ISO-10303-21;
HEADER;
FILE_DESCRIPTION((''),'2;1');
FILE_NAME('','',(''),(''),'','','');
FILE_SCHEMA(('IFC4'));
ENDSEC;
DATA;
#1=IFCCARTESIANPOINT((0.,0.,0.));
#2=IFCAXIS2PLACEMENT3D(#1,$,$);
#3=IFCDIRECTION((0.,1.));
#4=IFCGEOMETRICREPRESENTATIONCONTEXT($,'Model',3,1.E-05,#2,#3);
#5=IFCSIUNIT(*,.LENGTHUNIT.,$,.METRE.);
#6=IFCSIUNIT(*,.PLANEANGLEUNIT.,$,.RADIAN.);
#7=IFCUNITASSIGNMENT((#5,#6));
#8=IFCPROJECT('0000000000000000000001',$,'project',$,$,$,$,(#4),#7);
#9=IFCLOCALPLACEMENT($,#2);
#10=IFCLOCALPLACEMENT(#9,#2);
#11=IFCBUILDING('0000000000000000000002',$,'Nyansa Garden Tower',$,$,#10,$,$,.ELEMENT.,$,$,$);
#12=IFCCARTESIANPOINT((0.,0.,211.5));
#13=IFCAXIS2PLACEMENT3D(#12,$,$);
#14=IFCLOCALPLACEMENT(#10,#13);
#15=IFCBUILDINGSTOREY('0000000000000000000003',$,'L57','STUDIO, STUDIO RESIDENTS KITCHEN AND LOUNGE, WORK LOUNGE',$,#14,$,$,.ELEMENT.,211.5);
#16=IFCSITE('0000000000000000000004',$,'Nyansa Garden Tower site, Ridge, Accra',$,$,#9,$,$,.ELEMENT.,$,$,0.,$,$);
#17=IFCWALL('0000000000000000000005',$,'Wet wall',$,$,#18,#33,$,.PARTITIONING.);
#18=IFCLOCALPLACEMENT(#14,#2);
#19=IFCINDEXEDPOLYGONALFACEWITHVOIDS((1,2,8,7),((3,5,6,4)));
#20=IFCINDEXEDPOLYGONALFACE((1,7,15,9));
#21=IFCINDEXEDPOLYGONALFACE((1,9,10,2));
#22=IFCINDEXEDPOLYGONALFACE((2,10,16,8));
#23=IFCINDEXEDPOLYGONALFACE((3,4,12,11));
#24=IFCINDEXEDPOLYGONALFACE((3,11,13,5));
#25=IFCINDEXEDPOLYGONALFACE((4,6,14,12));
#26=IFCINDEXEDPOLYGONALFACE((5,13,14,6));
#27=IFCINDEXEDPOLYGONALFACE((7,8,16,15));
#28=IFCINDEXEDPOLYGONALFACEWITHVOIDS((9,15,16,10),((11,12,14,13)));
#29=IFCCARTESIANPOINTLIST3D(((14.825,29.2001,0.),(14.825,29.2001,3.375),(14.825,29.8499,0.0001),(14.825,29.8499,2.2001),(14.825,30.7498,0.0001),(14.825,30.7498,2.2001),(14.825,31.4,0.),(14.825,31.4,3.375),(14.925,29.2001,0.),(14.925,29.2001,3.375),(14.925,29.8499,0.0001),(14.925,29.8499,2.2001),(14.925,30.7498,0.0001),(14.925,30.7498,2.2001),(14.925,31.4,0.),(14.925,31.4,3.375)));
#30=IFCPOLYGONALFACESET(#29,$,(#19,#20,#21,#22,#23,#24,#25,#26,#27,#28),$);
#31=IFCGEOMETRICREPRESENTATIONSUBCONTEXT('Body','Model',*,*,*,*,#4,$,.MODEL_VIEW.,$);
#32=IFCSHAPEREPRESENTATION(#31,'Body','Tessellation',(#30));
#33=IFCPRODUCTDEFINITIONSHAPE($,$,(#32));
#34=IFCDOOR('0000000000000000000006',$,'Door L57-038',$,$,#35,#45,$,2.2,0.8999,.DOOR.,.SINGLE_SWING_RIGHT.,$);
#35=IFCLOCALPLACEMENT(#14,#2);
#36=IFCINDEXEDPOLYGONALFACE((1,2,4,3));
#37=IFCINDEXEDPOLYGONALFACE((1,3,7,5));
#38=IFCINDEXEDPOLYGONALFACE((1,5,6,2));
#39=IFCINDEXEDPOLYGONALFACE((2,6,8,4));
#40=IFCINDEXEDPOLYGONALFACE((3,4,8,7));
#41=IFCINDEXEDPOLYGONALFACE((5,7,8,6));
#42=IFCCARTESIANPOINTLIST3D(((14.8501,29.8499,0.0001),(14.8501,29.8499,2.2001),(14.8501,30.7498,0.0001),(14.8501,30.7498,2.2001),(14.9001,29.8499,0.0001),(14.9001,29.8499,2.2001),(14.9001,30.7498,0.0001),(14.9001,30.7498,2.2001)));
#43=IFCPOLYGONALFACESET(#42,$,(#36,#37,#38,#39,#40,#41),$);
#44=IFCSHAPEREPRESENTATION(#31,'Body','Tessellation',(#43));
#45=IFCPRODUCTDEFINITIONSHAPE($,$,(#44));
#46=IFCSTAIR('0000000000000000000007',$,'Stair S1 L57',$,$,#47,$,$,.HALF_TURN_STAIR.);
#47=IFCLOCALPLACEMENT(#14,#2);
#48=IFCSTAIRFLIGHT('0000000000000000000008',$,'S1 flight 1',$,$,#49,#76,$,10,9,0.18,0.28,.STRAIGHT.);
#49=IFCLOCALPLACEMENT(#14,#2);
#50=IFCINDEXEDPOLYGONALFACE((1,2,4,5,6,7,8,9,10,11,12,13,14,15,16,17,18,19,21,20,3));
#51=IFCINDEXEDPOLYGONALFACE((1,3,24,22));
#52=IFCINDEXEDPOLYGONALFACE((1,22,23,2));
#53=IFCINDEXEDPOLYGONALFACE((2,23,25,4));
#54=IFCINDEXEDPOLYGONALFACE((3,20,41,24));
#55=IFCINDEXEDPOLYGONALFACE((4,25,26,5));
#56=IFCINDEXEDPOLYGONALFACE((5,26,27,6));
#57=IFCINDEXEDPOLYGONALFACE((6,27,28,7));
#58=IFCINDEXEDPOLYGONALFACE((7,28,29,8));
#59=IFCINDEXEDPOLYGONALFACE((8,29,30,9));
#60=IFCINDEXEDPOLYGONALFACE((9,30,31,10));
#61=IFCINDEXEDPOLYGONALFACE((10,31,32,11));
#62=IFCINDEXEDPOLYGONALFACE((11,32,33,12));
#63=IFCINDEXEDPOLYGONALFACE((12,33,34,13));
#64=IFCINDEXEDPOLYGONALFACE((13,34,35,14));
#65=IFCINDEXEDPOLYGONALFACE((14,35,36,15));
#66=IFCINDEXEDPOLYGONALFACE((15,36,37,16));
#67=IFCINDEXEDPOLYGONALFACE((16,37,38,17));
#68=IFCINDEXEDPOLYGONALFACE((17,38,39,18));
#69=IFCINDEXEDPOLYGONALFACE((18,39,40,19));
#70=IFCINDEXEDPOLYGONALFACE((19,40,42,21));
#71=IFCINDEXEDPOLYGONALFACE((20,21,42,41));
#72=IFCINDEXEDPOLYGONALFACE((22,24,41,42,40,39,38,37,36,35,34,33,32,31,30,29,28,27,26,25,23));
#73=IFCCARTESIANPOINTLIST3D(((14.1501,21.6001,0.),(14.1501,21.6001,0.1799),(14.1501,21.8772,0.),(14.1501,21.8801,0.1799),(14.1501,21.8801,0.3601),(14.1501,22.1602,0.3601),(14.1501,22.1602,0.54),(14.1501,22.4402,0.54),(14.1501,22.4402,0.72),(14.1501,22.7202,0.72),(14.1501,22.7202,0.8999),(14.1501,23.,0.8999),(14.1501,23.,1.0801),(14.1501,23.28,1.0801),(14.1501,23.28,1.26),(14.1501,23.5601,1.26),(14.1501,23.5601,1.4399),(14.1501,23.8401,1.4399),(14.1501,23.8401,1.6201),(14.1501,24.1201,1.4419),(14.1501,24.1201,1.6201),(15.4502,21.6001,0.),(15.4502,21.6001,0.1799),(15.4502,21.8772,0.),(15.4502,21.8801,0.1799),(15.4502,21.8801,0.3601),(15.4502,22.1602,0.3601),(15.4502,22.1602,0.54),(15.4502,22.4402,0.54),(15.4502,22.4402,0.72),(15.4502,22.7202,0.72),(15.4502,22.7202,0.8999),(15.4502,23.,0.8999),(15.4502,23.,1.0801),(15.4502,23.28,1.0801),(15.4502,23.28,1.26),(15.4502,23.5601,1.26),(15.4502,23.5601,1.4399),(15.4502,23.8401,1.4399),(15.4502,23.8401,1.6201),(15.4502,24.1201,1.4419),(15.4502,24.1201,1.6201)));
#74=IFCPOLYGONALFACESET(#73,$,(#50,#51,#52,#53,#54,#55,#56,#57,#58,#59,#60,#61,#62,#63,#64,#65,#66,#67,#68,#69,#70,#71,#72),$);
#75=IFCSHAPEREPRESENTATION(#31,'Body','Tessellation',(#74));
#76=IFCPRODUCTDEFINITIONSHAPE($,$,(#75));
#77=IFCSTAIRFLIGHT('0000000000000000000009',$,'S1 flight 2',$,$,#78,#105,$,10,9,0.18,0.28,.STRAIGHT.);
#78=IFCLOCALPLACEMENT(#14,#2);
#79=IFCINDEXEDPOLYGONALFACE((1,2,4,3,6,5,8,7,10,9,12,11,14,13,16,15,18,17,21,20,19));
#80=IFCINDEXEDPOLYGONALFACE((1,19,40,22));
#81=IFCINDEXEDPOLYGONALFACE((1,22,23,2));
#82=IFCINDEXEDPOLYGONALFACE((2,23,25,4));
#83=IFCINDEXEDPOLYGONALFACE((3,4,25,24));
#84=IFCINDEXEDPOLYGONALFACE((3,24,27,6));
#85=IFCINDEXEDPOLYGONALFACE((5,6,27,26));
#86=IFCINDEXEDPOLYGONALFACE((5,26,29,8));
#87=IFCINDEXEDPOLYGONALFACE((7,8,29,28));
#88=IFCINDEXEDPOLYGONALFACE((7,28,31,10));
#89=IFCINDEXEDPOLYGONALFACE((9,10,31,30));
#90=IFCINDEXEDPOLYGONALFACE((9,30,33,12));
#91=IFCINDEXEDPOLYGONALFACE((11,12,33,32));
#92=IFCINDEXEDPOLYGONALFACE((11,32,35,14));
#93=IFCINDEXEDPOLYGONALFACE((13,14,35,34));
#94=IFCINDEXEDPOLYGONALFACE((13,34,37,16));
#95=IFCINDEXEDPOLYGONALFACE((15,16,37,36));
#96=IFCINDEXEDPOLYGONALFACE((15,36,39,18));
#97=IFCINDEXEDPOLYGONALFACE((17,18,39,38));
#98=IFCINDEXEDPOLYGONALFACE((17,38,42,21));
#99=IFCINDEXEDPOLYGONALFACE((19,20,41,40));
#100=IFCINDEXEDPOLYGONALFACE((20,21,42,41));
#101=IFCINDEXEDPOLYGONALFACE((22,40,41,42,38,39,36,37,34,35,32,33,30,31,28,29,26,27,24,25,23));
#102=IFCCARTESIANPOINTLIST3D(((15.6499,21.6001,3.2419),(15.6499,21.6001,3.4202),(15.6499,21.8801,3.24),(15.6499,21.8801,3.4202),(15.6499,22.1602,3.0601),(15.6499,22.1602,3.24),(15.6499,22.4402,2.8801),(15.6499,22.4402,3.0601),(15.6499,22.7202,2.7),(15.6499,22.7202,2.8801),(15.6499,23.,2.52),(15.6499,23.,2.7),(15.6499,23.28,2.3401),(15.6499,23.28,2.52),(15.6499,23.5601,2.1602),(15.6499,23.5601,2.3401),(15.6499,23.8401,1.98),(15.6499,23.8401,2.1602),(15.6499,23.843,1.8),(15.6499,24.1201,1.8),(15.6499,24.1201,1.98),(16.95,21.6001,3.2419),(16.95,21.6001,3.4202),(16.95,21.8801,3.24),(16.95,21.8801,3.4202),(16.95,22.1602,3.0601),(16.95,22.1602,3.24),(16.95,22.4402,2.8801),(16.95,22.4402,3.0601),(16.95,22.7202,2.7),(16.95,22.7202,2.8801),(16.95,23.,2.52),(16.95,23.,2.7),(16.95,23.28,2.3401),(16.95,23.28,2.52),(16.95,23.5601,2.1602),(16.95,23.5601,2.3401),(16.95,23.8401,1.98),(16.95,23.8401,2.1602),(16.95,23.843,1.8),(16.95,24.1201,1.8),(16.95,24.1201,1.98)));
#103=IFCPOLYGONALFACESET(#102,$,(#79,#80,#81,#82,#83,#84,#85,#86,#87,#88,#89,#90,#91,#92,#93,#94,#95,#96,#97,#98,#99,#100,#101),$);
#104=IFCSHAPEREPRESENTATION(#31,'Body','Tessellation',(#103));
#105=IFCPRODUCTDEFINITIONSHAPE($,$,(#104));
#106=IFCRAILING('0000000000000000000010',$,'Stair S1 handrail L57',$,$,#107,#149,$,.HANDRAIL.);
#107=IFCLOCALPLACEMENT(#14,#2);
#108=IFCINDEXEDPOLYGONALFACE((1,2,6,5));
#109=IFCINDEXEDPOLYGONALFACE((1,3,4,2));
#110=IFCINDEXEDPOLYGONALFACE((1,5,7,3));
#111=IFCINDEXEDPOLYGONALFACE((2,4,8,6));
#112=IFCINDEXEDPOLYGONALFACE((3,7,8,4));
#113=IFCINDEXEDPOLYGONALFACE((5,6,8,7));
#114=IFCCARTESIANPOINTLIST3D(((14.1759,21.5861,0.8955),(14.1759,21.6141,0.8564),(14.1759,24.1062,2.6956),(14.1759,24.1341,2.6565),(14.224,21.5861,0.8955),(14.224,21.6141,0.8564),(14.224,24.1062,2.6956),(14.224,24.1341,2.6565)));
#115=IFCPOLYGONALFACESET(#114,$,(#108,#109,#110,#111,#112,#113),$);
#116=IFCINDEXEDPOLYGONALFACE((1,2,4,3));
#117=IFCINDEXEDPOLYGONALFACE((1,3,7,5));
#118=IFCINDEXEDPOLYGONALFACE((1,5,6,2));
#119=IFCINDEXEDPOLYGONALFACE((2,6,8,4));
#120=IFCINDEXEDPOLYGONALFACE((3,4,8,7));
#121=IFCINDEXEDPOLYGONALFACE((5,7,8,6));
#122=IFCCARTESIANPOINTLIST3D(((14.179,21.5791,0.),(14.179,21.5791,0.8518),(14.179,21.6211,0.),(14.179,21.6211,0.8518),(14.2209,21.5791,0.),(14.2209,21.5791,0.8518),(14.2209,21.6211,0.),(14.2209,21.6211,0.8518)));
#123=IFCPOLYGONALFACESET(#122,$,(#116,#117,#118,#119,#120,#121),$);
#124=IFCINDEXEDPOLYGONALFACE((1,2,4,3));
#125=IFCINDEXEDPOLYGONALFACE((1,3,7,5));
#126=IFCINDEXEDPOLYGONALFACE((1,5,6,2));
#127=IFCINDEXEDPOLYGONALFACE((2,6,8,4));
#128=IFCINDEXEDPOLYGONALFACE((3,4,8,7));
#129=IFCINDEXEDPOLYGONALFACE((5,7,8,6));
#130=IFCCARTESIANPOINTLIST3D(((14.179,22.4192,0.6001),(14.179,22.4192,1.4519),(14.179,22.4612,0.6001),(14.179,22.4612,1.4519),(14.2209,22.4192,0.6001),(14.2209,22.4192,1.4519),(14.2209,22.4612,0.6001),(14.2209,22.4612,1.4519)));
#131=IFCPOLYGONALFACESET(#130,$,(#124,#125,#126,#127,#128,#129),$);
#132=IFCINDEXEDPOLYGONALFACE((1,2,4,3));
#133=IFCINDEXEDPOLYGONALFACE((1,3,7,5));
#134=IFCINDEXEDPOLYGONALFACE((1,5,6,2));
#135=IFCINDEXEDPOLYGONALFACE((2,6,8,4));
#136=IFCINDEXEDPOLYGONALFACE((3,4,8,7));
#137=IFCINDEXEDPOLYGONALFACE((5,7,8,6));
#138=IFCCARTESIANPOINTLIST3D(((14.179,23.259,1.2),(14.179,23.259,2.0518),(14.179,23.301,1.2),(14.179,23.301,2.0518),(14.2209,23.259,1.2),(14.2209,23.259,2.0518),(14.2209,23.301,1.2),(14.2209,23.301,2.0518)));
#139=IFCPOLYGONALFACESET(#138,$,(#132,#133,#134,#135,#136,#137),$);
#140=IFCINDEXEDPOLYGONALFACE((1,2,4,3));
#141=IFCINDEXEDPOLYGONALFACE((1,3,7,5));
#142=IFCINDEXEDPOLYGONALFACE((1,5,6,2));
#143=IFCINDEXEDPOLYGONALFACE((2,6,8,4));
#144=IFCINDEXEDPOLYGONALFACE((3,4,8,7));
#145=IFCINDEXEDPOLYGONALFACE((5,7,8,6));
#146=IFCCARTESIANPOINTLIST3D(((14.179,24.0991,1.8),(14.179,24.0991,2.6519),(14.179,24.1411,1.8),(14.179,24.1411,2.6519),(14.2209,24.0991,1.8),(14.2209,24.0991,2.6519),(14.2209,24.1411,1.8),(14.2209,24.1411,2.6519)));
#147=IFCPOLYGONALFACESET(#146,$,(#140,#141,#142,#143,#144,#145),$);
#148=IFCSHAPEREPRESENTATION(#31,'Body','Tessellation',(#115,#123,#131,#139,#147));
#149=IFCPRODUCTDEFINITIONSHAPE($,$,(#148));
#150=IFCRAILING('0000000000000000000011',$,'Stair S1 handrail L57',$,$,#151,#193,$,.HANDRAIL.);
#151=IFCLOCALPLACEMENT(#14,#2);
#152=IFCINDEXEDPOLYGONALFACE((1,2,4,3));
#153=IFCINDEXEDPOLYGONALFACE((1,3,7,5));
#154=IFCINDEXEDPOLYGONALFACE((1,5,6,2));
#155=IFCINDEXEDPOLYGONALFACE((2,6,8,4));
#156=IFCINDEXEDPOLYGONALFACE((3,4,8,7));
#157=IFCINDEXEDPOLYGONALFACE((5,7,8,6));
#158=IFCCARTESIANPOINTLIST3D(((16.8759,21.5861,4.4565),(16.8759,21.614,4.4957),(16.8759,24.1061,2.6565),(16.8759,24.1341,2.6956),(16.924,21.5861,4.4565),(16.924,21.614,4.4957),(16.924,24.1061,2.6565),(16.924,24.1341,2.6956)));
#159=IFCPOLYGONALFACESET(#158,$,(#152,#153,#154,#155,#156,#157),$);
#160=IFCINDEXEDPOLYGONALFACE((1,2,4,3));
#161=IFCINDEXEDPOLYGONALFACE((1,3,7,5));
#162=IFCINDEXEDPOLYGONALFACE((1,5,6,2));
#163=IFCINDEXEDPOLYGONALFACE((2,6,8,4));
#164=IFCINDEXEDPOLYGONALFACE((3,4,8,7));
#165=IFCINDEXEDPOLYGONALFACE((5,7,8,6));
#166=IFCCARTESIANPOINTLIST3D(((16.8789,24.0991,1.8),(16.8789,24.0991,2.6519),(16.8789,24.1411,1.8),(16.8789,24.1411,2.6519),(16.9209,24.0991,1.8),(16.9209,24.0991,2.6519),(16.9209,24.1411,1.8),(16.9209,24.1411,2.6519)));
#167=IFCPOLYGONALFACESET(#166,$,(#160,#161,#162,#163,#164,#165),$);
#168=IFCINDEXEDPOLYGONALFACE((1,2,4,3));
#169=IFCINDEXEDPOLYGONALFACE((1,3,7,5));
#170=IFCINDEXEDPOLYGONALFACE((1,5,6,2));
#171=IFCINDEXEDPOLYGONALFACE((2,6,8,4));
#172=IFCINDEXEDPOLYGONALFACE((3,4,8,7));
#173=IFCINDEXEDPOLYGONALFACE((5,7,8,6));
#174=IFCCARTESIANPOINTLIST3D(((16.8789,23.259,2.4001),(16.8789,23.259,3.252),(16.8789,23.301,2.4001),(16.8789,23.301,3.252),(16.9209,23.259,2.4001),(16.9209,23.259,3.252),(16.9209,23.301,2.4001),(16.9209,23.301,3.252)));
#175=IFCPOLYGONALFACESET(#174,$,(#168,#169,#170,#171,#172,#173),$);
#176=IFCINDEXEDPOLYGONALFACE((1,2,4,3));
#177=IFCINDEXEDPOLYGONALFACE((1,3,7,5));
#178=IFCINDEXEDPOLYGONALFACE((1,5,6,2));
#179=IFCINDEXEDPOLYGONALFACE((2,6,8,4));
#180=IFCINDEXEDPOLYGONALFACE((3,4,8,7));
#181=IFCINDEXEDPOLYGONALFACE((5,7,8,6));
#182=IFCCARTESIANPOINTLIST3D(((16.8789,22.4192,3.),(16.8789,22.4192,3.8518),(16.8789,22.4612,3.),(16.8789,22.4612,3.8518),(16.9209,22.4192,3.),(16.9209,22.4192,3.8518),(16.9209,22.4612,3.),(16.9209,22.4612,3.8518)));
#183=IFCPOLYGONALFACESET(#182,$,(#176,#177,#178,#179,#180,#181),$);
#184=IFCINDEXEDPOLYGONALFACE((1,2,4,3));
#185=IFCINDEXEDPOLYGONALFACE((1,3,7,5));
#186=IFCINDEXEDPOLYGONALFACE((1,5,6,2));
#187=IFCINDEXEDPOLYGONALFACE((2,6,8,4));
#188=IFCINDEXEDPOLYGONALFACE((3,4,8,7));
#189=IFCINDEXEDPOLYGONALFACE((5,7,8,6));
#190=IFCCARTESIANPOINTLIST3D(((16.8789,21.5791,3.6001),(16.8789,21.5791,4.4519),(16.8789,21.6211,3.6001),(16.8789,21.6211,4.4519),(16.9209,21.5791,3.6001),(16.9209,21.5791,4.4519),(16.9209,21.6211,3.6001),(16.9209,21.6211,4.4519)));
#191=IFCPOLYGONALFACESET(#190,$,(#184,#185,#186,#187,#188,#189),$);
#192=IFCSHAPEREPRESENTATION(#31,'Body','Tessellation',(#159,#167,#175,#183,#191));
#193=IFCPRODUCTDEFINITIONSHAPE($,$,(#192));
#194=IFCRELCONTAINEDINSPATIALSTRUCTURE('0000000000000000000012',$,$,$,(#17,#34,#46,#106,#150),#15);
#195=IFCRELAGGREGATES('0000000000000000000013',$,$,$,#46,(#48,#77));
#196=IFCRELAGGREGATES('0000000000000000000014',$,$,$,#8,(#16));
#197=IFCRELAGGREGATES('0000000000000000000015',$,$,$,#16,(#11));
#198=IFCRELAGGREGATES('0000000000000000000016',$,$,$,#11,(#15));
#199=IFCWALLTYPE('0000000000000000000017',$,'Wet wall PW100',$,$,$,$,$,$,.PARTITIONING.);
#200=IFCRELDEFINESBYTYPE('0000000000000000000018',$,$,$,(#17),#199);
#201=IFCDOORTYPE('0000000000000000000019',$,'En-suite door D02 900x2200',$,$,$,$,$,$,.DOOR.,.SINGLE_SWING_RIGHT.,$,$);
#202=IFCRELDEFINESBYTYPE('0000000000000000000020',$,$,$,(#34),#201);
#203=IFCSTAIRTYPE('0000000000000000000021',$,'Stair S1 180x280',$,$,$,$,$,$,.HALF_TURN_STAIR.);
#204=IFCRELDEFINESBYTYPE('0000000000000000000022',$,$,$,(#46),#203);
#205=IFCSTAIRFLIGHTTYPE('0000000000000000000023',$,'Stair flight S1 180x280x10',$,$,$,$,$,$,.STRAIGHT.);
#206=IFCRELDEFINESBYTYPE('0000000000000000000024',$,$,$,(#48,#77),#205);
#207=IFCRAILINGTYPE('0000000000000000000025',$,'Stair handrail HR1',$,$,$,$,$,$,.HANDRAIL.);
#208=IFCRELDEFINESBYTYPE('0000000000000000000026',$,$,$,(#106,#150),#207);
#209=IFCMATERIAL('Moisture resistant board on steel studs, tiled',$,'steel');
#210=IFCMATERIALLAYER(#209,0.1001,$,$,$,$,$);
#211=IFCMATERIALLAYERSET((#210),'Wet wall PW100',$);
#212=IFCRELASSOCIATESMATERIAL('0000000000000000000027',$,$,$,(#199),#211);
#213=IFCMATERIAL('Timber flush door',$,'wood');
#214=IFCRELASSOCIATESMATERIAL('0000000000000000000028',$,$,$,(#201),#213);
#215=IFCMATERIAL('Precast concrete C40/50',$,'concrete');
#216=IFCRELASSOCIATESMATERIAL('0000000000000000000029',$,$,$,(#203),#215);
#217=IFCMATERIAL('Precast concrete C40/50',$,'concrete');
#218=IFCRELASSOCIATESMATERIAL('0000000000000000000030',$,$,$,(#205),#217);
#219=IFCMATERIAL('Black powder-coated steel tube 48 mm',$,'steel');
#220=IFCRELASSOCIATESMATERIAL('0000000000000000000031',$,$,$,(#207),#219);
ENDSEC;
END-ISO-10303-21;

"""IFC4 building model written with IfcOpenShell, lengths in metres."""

from ifc_helpers import new_model, si_unit, direction, frame, frame_2d, origin, origin_2d, place, context, subcontext, project, spatial, polyline, rectangle, outline, extrude, material, layer, layer_set, type_object, element, fill, aggregate, save


model = new_model("IFC4")

# Units and contexts
model_context = context("Model", 3, precision=1e-05, world=origin(), true_north=direction((0.0, 1.0)))
body_context = subcontext(model_context, "Body", "Model", "MODEL_VIEW")
ifc_project = project(units=[si_unit("LENGTHUNIT", "METRE"), si_unit("PLANEANGLEUNIT", "RADIAN")], contexts=[model_context])

# Site, building, storey
site_placement = place(None, origin())
site = spatial("IfcSite", under=ifc_project, at=site_placement, Name="Nyansa Garden Tower site, Ridge, Accra", CompositionType="ELEMENT", RefElevation=0.0)
building_placement = place(site_placement, origin())
building = spatial("IfcBuilding", under=site, at=building_placement, Name="Nyansa Garden Tower", CompositionType="ELEMENT")
storey_placement = place(building_placement, frame((0.0, 0.0, 211.5)))
storey = spatial("IfcBuildingStorey", under=building, at=storey_placement, Name="L57", Description="STUDIO, STUDIO RESIDENTS KITCHEN AND LOUNGE, WORK LOUNGE", CompositionType="ELEMENT", Elevation=211.5)

# Shared definitions
ifc_material_1 = material(Name="Moisture resistant board on steel studs, tiled", Category="steel")
ifc_layer_1 = layer(ifc_material_1, 0.1001)
ifc_layer_set_1 = layer_set([ifc_layer_1], Name="Wet wall PW100")
wall_type_1 = type_object("IfcWallType", Name="Wet wall PW100", PredefinedType="PARTITIONING", material=ifc_layer_set_1)

# Wall, opening, door
wall_1_placement = place(storey_placement, frame((14.875, 29.2, 0.0), z_axis=(0.0, 0.0, 1.0), x_axis=(0.0, 1.0, 0.0)))
wall_1 = element("IfcWall", 1, at=wall_1_placement, inside=storey, type_object=wall_type_1, Name="Wet wall", PredefinedType="PARTITIONING", context=body_context, shape_type="SweptSolid", body=[
    extrude(rectangle(XDim=2.2, YDim=0.1001, at=frame_2d((1.1001, 0.0))), origin(), (0.0, 0.0, 1.0), 3.375),
])
opening_1_placement = place(wall_1_placement, frame((0.6499, 0.0, 0.0)))
opening_1 = element("IfcOpeningElement", 2, at=opening_1_placement, cuts=wall_1, PredefinedType="OPENING", context=body_context, shape_type="SweptSolid", body=[
    extrude(rectangle(XDim=0.8999, YDim=2.2, at=frame_2d((0.45, 1.1001))), frame((0.0, 0.0601, 0.0), z_axis=(0.0, -1.0, 0.0), x_axis=(1.0, 0.0, 0.0)), (0.0, 0.0, 1.0), 0.1201),
])
ifc_material_2 = material(Name="Timber flush door", Category="wood")
door_type_1 = type_object("IfcDoorType", Name="En-suite door D02 900x2200", OperationType="SINGLE_SWING_RIGHT", PredefinedType="DOOR", material=ifc_material_2)
door_1_placement = place(opening_1_placement, origin())
door_1 = element("IfcDoor", 3, at=door_1_placement, inside=storey, type_object=door_type_1, Name="Door L57-038", OperationType="SINGLE_SWING_RIGHT", OverallHeight=2.2, OverallWidth=0.8999, PredefinedType="DOOR", context=body_context, shape_type="SweptSolid", body=[
    extrude(rectangle(XDim=0.8999, YDim=2.2, at=frame_2d((0.45, 1.1001))), frame((0.0, 0.0249, 0.0), z_axis=(0.0, -1.0, 0.0), x_axis=(1.0, 0.0, 0.0)), (0.0, 0.0, 1.0), 0.05),
])
fill(opening_1, door_1)

# Stair, stair flights
ifc_material_3 = material(Name="Precast concrete C40/50", Category="concrete")
stair_type = type_object("IfcStairType", Name="Stair S1 180x280", PredefinedType="HALF_TURN_STAIR", material=ifc_material_3)
stair_placement = place(storey_placement, origin())
stair = element("IfcStair", 4, at=stair_placement, inside=storey, type_object=stair_type, Name="Stair S1 L57", PredefinedType="HALF_TURN_STAIR")
ifc_material_4 = material(Name="Precast concrete C40/50", Category="concrete")
stair_flight_type = type_object("IfcStairFlightType", Name="Stair flight S1 180x280x10", PredefinedType="STRAIGHT", material=ifc_material_4)
stair_flight_1_placement = place(storey_placement, frame((14.8, 21.6001, 0.0), z_axis=(0.0, 0.0, 1.0), x_axis=(0.0, 1.0, 0.0)))
stair_flight_1 = element("IfcStairFlight", 5, at=stair_flight_1_placement, type_object=stair_flight_type, Name="S1 flight 1", NumberOfRisers=10, NumberOfTreads=9, PredefinedType="STRAIGHT", RiserHeight=0.18, TreadLength=0.28, context=body_context, shape_type="SweptSolid", body=[
    extrude(outline(polyline([(0.0, 0.0), (0.0, 0.1799), (0.28, 0.1799), (0.28, 0.3601), (0.5601, 0.3601), (0.5601, 0.54), (0.8401, 0.54), (0.8401, 0.72), (1.1201, 0.72), (1.1201, 0.8999), (1.3999, 0.8999), (1.3999, 1.0801), (1.6799, 1.0801), (1.6799, 1.26), (1.96, 1.26), (1.96, 1.4399), (2.24, 1.4399), (2.24, 1.6201), (2.52, 1.6201), (2.52, 1.8), (2.52, 1.4419), (0.2771, 0.0), (0.0, 0.0)])), frame((0.0, 0.6499, 0.0), z_axis=(0.0, -1.0, 0.0), x_axis=(1.0, 0.0, 0.0)), (0.0, 0.0, 1.0), 1.3),
])
stair_flight_2_placement = place(storey_placement, frame((16.3, 24.1201, 1.8), z_axis=(0.0, 0.0, 1.0), x_axis=(0.0, -1.0, 0.0)))
stair_flight_2 = element("IfcStairFlight", 6, at=stair_flight_2_placement, type_object=stair_flight_type, Name="S1 flight 2", NumberOfRisers=10, NumberOfTreads=9, PredefinedType="STRAIGHT", RiserHeight=0.18, TreadLength=0.28, context=body_context, shape_type="SweptSolid", body=[
    extrude(outline(polyline([(0.0, 0.0), (0.0, 0.1799), (0.28, 0.1799), (0.28, 0.3601), (0.5601, 0.3601), (0.5601, 0.54), (0.8401, 0.54), (0.8401, 0.72), (1.1201, 0.72), (1.1201, 0.8999), (1.3999, 0.8999), (1.3999, 1.0801), (1.6799, 1.0801), (1.6799, 1.26), (1.96, 1.26), (1.96, 1.4399), (2.24, 1.4399), (2.24, 1.6201), (2.52, 1.6201), (2.52, 1.8), (2.52, 1.4419), (0.2771, 0.0), (0.0, 0.0)])), frame((0.0, 0.6499, 0.0), z_axis=(0.0, -1.0, 0.0), x_axis=(1.0, 0.0, 0.0)), (0.0, 0.0, 1.0), 1.3),
])
aggregate(stair, [stair_flight_1, stair_flight_2])

# Railings
ifc_material_5 = material(Name="Black powder-coated steel tube 48 mm", Category="steel")
railing_type = type_object("IfcRailingType", Name="Stair handrail HR1", PredefinedType="HANDRAIL", material=ifc_material_5)
railing_1_placement = place(storey_placement, frame((14.2, 21.6001, 0.0)))
element("IfcRailing", 7, at=railing_1_placement, inside=storey, type_object=railing_type, Name="Stair S1 handrail L57", PredefinedType="HANDRAIL", context=body_context, shape_type="SweptSolid", body=[
    extrude(rectangle(XDim=0.0481, YDim=0.0481, at=origin_2d()), frame((0.0, 0.0, 0.876), z_axis=(0.0, 0.813728, 0.581246), x_axis=(-1.0, 0.0, 0.0)), (0.0, 0.0, 1.0), 3.0969),
    extrude(rectangle(XDim=0.042, YDim=0.042, at=origin_2d()), origin(), (0.0, 0.0, 1.0), 0.8518),
    extrude(rectangle(XDim=0.042, YDim=0.042, at=origin_2d()), frame((0.0, 0.8401, 0.6001)), (0.0, 0.0, 1.0), 0.8518),
    extrude(rectangle(XDim=0.042, YDim=0.042, at=origin_2d()), frame((0.0, 1.6799, 1.2)), (0.0, 0.0, 1.0), 0.8518),
    extrude(rectangle(XDim=0.042, YDim=0.042, at=origin_2d()), frame((0.0, 2.52, 1.8)), (0.0, 0.0, 1.0), 0.8518),
])
railing_2_placement = place(storey_placement, frame((16.8999, 24.1201, 1.8)))
element("IfcRailing", 8, at=railing_2_placement, inside=storey, type_object=railing_type, Name="Stair S1 handrail L57", PredefinedType="HANDRAIL", context=body_context, shape_type="SweptSolid", body=[
    extrude(rectangle(XDim=0.0481, YDim=0.0481, at=origin_2d()), frame((0.0, 0.0, 0.876), z_axis=(0.0, -0.813728, 0.581246), x_axis=(1.0, 0.0, 0.0)), (0.0, 0.0, 1.0), 3.0969),
    extrude(rectangle(XDim=0.042, YDim=0.042, at=origin_2d()), origin(), (0.0, 0.0, 1.0), 0.8518),
    extrude(rectangle(XDim=0.042, YDim=0.042, at=origin_2d()), frame((0.0, -0.8401, 0.6001)), (0.0, 0.0, 1.0), 0.8518),
    extrude(rectangle(XDim=0.042, YDim=0.042, at=origin_2d()), frame((0.0, -1.6799, 1.2)), (0.0, 0.0, 1.0), 0.8518),
    extrude(rectangle(XDim=0.042, YDim=0.042, at=origin_2d()), frame((0.0, -2.52, 1.8)), (0.0, 0.0, 1.0), 0.8518),
])

save(model, "model.ifc")
